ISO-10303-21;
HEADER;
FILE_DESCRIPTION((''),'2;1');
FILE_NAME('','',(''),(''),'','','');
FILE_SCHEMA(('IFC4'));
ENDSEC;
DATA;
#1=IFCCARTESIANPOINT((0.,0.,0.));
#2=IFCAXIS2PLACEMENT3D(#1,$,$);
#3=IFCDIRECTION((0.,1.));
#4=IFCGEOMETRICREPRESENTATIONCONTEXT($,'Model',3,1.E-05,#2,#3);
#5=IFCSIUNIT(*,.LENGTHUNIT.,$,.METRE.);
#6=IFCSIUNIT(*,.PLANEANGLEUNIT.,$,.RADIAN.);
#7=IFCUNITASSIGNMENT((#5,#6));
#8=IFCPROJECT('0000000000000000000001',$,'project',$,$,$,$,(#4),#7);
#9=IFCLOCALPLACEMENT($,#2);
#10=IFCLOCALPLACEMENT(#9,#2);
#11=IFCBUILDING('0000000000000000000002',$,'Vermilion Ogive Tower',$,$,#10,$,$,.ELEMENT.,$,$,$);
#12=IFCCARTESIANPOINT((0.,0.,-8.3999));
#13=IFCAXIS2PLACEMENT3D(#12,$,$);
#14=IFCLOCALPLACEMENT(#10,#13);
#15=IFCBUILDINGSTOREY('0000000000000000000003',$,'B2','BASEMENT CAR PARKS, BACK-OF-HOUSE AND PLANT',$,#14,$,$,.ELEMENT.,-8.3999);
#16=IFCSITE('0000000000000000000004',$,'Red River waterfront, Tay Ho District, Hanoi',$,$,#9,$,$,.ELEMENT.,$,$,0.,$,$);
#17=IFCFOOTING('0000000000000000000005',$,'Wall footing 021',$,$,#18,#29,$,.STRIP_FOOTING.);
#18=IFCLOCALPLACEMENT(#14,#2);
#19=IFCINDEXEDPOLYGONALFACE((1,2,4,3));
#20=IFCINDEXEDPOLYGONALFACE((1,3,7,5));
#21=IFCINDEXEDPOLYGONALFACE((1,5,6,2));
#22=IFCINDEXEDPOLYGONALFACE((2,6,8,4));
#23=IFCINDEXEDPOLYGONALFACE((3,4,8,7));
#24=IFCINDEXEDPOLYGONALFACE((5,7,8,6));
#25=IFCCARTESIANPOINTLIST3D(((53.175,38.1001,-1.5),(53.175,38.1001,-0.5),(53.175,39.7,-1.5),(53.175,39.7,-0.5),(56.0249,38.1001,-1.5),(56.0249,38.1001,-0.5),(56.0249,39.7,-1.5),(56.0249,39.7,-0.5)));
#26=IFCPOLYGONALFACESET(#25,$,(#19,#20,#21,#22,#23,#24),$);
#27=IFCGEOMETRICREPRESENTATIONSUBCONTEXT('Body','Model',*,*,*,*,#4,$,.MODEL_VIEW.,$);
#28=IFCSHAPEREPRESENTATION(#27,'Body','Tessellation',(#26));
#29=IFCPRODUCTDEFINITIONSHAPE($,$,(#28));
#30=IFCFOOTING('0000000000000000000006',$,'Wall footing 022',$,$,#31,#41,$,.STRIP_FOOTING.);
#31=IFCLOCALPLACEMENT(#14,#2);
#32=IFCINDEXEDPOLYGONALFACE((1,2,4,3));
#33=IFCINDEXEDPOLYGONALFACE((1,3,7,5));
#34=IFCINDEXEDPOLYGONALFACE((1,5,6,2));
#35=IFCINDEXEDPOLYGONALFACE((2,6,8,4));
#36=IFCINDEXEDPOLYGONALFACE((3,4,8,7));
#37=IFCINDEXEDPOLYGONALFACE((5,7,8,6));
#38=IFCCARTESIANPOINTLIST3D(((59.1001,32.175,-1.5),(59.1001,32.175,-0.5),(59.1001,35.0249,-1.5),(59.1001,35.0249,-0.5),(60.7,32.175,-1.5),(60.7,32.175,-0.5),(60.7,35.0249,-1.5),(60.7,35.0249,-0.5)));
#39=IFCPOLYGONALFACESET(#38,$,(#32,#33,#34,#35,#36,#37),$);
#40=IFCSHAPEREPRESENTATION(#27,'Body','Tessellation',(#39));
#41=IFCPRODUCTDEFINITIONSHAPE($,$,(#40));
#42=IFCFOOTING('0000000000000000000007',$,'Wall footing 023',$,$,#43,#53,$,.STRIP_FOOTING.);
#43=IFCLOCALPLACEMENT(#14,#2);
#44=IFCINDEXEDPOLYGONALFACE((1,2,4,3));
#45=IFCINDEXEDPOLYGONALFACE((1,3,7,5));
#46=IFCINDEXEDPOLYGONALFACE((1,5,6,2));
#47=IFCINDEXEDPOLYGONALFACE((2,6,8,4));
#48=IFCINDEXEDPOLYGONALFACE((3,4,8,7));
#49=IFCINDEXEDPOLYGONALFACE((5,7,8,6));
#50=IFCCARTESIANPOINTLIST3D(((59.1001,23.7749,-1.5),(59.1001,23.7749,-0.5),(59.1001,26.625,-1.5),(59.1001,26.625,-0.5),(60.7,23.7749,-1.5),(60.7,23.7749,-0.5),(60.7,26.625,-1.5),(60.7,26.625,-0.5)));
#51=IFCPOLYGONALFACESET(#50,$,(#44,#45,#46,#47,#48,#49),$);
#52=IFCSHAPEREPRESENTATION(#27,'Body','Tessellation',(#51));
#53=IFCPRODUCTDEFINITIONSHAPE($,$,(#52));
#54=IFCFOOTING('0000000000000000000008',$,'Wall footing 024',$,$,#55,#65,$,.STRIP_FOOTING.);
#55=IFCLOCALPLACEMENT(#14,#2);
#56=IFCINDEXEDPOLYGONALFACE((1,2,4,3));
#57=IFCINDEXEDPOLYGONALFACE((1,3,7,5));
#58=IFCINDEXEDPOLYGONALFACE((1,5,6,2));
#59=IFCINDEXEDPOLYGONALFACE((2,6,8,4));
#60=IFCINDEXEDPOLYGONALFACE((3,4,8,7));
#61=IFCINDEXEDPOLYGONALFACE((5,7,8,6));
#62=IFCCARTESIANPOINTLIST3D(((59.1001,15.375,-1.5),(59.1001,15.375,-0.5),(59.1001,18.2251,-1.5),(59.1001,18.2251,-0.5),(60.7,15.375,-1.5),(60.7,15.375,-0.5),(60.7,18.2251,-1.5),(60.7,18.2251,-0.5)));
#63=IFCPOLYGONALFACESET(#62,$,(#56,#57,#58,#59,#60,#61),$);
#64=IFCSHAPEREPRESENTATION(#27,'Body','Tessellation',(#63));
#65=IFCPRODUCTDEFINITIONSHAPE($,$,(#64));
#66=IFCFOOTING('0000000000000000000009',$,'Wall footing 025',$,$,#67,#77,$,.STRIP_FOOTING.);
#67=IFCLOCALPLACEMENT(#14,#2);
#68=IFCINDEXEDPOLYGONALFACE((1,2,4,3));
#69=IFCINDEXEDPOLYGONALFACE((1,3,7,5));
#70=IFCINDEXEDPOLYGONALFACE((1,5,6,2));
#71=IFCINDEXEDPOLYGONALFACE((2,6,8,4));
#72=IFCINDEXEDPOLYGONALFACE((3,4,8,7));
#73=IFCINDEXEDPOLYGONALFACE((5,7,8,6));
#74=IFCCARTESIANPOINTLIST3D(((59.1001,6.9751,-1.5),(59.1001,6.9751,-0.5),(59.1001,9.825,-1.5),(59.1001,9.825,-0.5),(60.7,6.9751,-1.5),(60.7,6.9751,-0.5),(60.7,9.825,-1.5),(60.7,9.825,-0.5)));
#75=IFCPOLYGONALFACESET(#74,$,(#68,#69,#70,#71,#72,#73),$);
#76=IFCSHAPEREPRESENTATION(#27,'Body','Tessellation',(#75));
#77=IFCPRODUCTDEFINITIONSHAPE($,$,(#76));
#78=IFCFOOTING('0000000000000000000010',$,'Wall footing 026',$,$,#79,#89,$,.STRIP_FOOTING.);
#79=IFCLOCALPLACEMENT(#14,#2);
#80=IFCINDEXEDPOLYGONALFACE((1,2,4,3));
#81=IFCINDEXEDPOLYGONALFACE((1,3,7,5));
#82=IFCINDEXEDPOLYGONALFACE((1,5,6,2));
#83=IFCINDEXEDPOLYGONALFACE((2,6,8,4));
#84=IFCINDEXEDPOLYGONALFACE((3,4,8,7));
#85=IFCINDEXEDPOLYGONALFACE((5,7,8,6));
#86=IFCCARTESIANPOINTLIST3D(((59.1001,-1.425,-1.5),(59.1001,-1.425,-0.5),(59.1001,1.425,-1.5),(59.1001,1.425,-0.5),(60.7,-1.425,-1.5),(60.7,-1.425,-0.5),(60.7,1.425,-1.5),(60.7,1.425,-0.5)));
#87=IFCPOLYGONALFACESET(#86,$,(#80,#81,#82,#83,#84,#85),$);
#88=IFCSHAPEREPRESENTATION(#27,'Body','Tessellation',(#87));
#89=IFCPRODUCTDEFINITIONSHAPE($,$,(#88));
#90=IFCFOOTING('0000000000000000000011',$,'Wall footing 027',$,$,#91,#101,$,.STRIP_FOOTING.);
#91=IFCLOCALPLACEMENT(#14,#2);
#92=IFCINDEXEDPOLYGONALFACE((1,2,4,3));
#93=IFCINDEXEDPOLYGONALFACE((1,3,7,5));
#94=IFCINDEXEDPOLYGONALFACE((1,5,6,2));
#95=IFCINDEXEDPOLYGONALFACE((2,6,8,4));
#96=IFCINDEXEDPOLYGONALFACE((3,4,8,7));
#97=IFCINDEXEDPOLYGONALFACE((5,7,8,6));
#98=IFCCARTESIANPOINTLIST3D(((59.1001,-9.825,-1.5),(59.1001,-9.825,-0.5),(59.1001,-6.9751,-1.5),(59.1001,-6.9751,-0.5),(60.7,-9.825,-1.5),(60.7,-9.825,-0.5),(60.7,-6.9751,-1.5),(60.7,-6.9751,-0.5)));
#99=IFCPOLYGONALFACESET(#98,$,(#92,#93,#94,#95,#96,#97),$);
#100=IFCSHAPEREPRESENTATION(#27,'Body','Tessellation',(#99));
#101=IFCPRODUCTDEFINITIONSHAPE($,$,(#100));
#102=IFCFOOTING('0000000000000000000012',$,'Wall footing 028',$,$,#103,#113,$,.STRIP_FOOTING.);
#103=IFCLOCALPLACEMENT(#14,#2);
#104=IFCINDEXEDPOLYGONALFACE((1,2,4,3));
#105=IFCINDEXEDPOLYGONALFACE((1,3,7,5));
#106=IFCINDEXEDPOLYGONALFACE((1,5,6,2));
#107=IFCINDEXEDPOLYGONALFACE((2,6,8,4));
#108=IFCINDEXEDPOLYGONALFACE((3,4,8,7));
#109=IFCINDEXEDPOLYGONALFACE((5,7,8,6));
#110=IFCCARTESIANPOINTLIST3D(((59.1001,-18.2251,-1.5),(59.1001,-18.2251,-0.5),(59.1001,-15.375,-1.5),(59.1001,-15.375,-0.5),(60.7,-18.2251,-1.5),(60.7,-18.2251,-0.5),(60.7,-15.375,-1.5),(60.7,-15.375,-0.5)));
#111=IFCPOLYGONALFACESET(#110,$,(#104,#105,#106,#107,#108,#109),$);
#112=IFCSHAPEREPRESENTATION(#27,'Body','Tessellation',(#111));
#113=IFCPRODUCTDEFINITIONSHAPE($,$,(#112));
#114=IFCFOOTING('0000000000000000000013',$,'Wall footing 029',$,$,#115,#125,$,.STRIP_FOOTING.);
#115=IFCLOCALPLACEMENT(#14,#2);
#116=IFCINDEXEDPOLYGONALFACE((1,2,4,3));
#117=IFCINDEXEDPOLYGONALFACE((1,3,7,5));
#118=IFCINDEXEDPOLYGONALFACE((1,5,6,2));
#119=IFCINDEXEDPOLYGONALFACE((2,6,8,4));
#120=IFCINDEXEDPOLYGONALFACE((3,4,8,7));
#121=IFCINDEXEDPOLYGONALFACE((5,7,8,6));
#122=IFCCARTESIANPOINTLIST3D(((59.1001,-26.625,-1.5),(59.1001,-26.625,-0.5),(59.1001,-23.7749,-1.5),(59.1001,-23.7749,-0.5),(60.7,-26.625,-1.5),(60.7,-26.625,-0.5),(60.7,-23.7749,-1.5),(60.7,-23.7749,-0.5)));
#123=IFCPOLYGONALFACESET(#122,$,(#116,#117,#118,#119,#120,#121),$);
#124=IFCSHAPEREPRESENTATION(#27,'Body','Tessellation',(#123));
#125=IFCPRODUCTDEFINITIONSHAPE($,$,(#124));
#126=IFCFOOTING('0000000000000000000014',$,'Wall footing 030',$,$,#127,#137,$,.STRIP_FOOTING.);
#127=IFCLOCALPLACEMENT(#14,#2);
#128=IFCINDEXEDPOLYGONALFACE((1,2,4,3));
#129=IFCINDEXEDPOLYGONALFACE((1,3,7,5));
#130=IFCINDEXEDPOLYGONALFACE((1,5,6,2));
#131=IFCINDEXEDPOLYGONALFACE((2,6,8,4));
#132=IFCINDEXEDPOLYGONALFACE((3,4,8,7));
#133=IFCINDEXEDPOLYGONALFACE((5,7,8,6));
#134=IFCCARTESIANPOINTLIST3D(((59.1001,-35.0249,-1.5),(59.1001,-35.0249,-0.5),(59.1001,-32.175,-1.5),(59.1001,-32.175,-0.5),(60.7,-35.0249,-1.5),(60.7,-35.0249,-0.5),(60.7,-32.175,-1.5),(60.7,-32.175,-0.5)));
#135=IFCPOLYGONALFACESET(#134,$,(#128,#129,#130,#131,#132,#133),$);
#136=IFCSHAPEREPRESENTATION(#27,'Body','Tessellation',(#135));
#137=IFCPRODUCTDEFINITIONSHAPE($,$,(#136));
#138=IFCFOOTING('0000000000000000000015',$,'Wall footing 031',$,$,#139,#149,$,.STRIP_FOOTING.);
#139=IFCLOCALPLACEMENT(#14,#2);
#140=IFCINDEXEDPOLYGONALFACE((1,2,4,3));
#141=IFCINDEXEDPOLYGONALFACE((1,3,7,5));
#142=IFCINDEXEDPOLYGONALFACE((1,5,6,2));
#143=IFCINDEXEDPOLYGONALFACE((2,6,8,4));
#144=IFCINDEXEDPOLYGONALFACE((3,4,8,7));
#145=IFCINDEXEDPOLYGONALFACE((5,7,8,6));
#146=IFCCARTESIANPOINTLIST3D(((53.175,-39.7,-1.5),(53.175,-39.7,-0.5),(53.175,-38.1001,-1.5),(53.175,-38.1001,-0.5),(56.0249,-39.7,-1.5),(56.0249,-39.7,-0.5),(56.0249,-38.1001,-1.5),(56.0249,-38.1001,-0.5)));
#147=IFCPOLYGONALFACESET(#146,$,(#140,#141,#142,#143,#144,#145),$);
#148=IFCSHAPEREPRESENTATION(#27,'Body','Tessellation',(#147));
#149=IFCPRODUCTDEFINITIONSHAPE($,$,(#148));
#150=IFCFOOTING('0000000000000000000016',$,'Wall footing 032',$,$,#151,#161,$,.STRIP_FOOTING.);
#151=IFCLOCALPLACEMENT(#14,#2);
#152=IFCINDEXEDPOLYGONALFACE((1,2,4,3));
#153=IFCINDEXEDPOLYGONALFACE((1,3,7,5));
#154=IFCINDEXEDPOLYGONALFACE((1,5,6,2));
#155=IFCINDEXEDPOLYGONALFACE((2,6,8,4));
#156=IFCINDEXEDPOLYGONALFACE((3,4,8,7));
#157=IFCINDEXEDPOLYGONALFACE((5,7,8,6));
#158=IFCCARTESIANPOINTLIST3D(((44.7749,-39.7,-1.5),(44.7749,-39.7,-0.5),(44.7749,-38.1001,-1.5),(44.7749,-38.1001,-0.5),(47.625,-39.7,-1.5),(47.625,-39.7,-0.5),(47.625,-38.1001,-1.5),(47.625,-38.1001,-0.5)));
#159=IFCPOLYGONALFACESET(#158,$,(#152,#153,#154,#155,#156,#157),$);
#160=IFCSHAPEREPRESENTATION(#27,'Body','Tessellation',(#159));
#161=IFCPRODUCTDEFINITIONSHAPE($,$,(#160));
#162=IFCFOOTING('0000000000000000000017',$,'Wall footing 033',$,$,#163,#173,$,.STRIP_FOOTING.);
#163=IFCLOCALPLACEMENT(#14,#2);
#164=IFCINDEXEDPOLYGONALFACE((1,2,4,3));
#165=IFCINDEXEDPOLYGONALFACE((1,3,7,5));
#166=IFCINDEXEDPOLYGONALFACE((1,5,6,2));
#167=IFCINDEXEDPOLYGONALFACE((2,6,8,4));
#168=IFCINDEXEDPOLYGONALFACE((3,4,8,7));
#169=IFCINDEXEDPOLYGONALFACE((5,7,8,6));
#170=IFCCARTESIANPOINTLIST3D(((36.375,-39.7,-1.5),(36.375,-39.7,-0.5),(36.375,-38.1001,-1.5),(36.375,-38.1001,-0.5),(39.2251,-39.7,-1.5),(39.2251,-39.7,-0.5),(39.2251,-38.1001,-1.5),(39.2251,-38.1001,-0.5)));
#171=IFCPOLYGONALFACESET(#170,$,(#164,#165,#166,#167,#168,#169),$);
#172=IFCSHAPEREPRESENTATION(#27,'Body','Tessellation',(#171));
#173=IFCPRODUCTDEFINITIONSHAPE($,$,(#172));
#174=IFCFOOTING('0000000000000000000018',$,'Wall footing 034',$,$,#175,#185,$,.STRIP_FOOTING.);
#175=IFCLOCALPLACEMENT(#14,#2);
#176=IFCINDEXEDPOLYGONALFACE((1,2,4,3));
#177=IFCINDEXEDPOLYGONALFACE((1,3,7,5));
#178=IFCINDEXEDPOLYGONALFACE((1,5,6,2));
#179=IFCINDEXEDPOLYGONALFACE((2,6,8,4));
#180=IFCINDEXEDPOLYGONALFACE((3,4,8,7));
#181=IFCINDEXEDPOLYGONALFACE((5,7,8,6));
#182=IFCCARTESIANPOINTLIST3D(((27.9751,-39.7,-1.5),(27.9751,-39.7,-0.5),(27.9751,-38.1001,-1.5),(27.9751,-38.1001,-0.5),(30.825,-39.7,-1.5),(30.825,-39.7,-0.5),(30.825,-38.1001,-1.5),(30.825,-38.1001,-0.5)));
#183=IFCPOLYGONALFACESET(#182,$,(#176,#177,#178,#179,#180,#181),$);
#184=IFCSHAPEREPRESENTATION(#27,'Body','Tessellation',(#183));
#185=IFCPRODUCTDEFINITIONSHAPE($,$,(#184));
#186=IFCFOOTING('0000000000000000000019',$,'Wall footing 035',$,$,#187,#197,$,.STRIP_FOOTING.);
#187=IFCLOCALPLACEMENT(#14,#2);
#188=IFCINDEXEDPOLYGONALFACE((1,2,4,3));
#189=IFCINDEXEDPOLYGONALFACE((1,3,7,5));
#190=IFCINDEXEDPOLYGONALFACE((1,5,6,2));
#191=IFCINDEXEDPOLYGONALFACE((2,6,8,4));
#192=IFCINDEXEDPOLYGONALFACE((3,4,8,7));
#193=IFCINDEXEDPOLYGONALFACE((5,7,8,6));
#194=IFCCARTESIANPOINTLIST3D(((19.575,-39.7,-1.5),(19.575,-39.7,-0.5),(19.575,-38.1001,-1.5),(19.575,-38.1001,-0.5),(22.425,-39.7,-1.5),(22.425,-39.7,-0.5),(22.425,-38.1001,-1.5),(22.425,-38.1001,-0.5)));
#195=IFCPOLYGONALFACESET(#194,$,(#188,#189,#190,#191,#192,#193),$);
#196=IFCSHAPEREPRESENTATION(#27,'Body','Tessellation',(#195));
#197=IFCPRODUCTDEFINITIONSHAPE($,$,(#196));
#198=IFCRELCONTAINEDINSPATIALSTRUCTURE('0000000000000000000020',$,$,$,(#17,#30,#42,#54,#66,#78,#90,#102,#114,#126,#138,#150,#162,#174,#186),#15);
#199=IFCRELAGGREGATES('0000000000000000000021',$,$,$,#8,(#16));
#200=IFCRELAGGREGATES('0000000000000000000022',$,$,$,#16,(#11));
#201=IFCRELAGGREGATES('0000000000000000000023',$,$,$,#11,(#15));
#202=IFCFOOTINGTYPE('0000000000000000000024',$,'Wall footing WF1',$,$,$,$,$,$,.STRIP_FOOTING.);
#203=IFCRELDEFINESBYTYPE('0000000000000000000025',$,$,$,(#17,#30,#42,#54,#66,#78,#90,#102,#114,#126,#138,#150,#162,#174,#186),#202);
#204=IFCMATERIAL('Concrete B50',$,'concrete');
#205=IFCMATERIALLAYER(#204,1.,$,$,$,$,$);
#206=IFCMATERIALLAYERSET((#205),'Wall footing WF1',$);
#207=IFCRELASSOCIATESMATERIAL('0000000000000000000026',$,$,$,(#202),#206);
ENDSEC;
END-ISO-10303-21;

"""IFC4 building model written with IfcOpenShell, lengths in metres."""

from ifc_helpers import new_model, si_unit, direction, frame, origin, place, context, subcontext, project, spatial, polyline, outline, extrude, material, layer, layer_set, type_object, element, save


model = new_model("IFC4")

# Units and contexts
model_context = context("Model", 3, precision=1e-05, world=origin(), true_north=direction((0.0, 1.0)))
body_context = subcontext(model_context, "Body", "Model", "MODEL_VIEW")
ifc_project = project(units=[si_unit("LENGTHUNIT", "METRE"), si_unit("PLANEANGLEUNIT", "RADIAN")], contexts=[model_context])

# Site, building, storey
site_placement = place(None, origin())
site = spatial("IfcSite", under=ifc_project, at=site_placement, Name="Red River waterfront, Tay Ho District, Hanoi", CompositionType="ELEMENT", RefElevation=0.0)
building_placement = place(site_placement, origin())
building = spatial("IfcBuilding", under=site, at=building_placement, Name="Vermilion Ogive Tower", CompositionType="ELEMENT")
storey_placement = place(building_placement, frame((0.0, 0.0, -8.3999)))
storey = spatial("IfcBuildingStorey", under=building, at=storey_placement, Name="B2", Description="BASEMENT CAR PARKS, BACK-OF-HOUSE AND PLANT", CompositionType="ELEMENT", Elevation=-8.3999)

# Footings
ifc_material_1 = material(Name="Concrete B50", Category="concrete")
ifc_layer_1 = layer(ifc_material_1, 1.0)
ifc_layer_set_1 = layer_set([ifc_layer_1], Name="Wall footing WF1")
footing_type = type_object("IfcFootingType", Name="Wall footing WF1", PredefinedType="STRIP_FOOTING", material=ifc_layer_set_1)
footing_1_placement = place(storey_placement, frame((0.0, 0.0, -1.5)))
element("IfcFooting", 1, at=footing_1_placement, inside=storey, type_object=footing_type, Name="Wall footing 021", PredefinedType="STRIP_FOOTING", context=body_context, shape_type="SweptSolid", body=[
    extrude(outline(polyline([(56.0249, 38.1001), (56.0249, 39.7), (53.175, 39.7), (53.175, 38.1001), (56.0249, 38.1001)])), origin(), (0.0, 0.0, 1.0), 1.0),
])
footing_2_placement = place(storey_placement, frame((0.0, 0.0, -1.5)))
element("IfcFooting", 2, at=footing_2_placement, inside=storey, type_object=footing_type, Name="Wall footing 022", PredefinedType="STRIP_FOOTING", context=body_context, shape_type="SweptSolid", body=[
    extrude(outline(polyline([(59.1001, 32.175), (60.7, 32.175), (60.7, 35.0249), (59.1001, 35.0249), (59.1001, 32.175)])), origin(), (0.0, 0.0, 1.0), 1.0),
])
footing_3_placement = place(storey_placement, frame((0.0, 0.0, -1.5)))
element("IfcFooting", 3, at=footing_3_placement, inside=storey, type_object=footing_type, Name="Wall footing 023", PredefinedType="STRIP_FOOTING", context=body_context, shape_type="SweptSolid", body=[
    extrude(outline(polyline([(59.1001, 23.7749), (60.7, 23.7749), (60.7, 26.625), (59.1001, 26.625), (59.1001, 23.7749)])), origin(), (0.0, 0.0, 1.0), 1.0),
])
footing_4_placement = place(storey_placement, frame((0.0, 0.0, -1.5)))
element("IfcFooting", 4, at=footing_4_placement, inside=storey, type_object=footing_type, Name="Wall footing 024", PredefinedType="STRIP_FOOTING", context=body_context, shape_type="SweptSolid", body=[
    extrude(outline(polyline([(59.1001, 15.375), (60.7, 15.375), (60.7, 18.2251), (59.1001, 18.2251), (59.1001, 15.375)])), origin(), (0.0, 0.0, 1.0), 1.0),
])
footing_5_placement = place(storey_placement, frame((0.0, 0.0, -1.5)))
element("IfcFooting", 5, at=footing_5_placement, inside=storey, type_object=footing_type, Name="Wall footing 025", PredefinedType="STRIP_FOOTING", context=body_context, shape_type="SweptSolid", body=[
    extrude(outline(polyline([(59.1001, 6.9751), (60.7, 6.9751), (60.7, 9.825), (59.1001, 9.825), (59.1001, 6.9751)])), origin(), (0.0, 0.0, 1.0), 1.0),
])
footing_6_placement = place(storey_placement, frame((0.0, 0.0, -1.5)))
element("IfcFooting", 6, at=footing_6_placement, inside=storey, type_object=footing_type, Name="Wall footing 026", PredefinedType="STRIP_FOOTING", context=body_context, shape_type="SweptSolid", body=[
    extrude(outline(polyline([(59.1001, -1.425), (60.7, -1.425), (60.7, 1.425), (59.1001, 1.425), (59.1001, -1.425)])), origin(), (0.0, 0.0, 1.0), 1.0),
])
footing_7_placement = place(storey_placement, frame((0.0, 0.0, -1.5)))
element("IfcFooting", 7, at=footing_7_placement, inside=storey, type_object=footing_type, Name="Wall footing 027", PredefinedType="STRIP_FOOTING", context=body_context, shape_type="SweptSolid", body=[
    extrude(outline(polyline([(59.1001, -9.825), (60.7, -9.825), (60.7, -6.9751), (59.1001, -6.9751), (59.1001, -9.825)])), origin(), (0.0, 0.0, 1.0), 1.0),
])
footing_8_placement = place(storey_placement, frame((0.0, 0.0, -1.5)))
element("IfcFooting", 8, at=footing_8_placement, inside=storey, type_object=footing_type, Name="Wall footing 028", PredefinedType="STRIP_FOOTING", context=body_context, shape_type="SweptSolid", body=[
    extrude(outline(polyline([(59.1001, -18.2251), (60.7, -18.2251), (60.7, -15.375), (59.1001, -15.375), (59.1001, -18.2251)])), origin(), (0.0, 0.0, 1.0), 1.0),
])
footing_9_placement = place(storey_placement, frame((0.0, 0.0, -1.5)))
element("IfcFooting", 9, at=footing_9_placement, inside=storey, type_object=footing_type, Name="Wall footing 029", PredefinedType="STRIP_FOOTING", context=body_context, shape_type="SweptSolid", body=[
    extrude(outline(polyline([(59.1001, -26.625), (60.7, -26.625), (60.7, -23.7749), (59.1001, -23.7749), (59.1001, -26.625)])), origin(), (0.0, 0.0, 1.0), 1.0),
])
footing_10_placement = place(storey_placement, frame((0.0, 0.0, -1.5)))
element("IfcFooting", 10, at=footing_10_placement, inside=storey, type_object=footing_type, Name="Wall footing 030", PredefinedType="STRIP_FOOTING", context=body_context, shape_type="SweptSolid", body=[
    extrude(outline(polyline([(59.1001, -35.0249), (60.7, -35.0249), (60.7, -32.175), (59.1001, -32.175), (59.1001, -35.0249)])), origin(), (0.0, 0.0, 1.0), 1.0),
])
footing_11_placement = place(storey_placement, frame((0.0, 0.0, -1.5)))
element("IfcFooting", 11, at=footing_11_placement, inside=storey, type_object=footing_type, Name="Wall footing 031", PredefinedType="STRIP_FOOTING", context=body_context, shape_type="SweptSolid", body=[
    extrude(outline(polyline([(53.175, -38.1001), (53.175, -39.7), (56.0249, -39.7), (56.0249, -38.1001), (53.175, -38.1001)])), origin(), (0.0, 0.0, 1.0), 1.0),
])
footing_12_placement = place(storey_placement, frame((0.0, 0.0, -1.5)))
element("IfcFooting", 12, at=footing_12_placement, inside=storey, type_object=footing_type, Name="Wall footing 032", PredefinedType="STRIP_FOOTING", context=body_context, shape_type="SweptSolid", body=[
    extrude(outline(polyline([(44.7749, -38.1001), (44.7749, -39.7), (47.625, -39.7), (47.625, -38.1001), (44.7749, -38.1001)])), origin(), (0.0, 0.0, 1.0), 1.0),
])
footing_13_placement = place(storey_placement, frame((0.0, 0.0, -1.5)))
element("IfcFooting", 13, at=footing_13_placement, inside=storey, type_object=footing_type, Name="Wall footing 033", PredefinedType="STRIP_FOOTING", context=body_context, shape_type="SweptSolid", body=[
    extrude(outline(polyline([(36.375, -38.1001), (36.375, -39.7), (39.2251, -39.7), (39.2251, -38.1001), (36.375, -38.1001)])), origin(), (0.0, 0.0, 1.0), 1.0),
])
footing_14_placement = place(storey_placement, frame((0.0, 0.0, -1.5)))
element("IfcFooting", 14, at=footing_14_placement, inside=storey, type_object=footing_type, Name="Wall footing 034", PredefinedType="STRIP_FOOTING", context=body_context, shape_type="SweptSolid", body=[
    extrude(outline(polyline([(27.9751, -38.1001), (27.9751, -39.7), (30.825, -39.7), (30.825, -38.1001), (27.9751, -38.1001)])), origin(), (0.0, 0.0, 1.0), 1.0),
])
footing_15_placement = place(storey_placement, frame((0.0, 0.0, -1.5)))
element("IfcFooting", 15, at=footing_15_placement, inside=storey, type_object=footing_type, Name="Wall footing 035", PredefinedType="STRIP_FOOTING", context=body_context, shape_type="SweptSolid", body=[
    extrude(outline(polyline([(19.575, -38.1001), (19.575, -39.7), (22.425, -39.7), (22.425, -38.1001), (19.575, -38.1001)])), origin(), (0.0, 0.0, 1.0), 1.0),
])

save(model, "model.ifc")
